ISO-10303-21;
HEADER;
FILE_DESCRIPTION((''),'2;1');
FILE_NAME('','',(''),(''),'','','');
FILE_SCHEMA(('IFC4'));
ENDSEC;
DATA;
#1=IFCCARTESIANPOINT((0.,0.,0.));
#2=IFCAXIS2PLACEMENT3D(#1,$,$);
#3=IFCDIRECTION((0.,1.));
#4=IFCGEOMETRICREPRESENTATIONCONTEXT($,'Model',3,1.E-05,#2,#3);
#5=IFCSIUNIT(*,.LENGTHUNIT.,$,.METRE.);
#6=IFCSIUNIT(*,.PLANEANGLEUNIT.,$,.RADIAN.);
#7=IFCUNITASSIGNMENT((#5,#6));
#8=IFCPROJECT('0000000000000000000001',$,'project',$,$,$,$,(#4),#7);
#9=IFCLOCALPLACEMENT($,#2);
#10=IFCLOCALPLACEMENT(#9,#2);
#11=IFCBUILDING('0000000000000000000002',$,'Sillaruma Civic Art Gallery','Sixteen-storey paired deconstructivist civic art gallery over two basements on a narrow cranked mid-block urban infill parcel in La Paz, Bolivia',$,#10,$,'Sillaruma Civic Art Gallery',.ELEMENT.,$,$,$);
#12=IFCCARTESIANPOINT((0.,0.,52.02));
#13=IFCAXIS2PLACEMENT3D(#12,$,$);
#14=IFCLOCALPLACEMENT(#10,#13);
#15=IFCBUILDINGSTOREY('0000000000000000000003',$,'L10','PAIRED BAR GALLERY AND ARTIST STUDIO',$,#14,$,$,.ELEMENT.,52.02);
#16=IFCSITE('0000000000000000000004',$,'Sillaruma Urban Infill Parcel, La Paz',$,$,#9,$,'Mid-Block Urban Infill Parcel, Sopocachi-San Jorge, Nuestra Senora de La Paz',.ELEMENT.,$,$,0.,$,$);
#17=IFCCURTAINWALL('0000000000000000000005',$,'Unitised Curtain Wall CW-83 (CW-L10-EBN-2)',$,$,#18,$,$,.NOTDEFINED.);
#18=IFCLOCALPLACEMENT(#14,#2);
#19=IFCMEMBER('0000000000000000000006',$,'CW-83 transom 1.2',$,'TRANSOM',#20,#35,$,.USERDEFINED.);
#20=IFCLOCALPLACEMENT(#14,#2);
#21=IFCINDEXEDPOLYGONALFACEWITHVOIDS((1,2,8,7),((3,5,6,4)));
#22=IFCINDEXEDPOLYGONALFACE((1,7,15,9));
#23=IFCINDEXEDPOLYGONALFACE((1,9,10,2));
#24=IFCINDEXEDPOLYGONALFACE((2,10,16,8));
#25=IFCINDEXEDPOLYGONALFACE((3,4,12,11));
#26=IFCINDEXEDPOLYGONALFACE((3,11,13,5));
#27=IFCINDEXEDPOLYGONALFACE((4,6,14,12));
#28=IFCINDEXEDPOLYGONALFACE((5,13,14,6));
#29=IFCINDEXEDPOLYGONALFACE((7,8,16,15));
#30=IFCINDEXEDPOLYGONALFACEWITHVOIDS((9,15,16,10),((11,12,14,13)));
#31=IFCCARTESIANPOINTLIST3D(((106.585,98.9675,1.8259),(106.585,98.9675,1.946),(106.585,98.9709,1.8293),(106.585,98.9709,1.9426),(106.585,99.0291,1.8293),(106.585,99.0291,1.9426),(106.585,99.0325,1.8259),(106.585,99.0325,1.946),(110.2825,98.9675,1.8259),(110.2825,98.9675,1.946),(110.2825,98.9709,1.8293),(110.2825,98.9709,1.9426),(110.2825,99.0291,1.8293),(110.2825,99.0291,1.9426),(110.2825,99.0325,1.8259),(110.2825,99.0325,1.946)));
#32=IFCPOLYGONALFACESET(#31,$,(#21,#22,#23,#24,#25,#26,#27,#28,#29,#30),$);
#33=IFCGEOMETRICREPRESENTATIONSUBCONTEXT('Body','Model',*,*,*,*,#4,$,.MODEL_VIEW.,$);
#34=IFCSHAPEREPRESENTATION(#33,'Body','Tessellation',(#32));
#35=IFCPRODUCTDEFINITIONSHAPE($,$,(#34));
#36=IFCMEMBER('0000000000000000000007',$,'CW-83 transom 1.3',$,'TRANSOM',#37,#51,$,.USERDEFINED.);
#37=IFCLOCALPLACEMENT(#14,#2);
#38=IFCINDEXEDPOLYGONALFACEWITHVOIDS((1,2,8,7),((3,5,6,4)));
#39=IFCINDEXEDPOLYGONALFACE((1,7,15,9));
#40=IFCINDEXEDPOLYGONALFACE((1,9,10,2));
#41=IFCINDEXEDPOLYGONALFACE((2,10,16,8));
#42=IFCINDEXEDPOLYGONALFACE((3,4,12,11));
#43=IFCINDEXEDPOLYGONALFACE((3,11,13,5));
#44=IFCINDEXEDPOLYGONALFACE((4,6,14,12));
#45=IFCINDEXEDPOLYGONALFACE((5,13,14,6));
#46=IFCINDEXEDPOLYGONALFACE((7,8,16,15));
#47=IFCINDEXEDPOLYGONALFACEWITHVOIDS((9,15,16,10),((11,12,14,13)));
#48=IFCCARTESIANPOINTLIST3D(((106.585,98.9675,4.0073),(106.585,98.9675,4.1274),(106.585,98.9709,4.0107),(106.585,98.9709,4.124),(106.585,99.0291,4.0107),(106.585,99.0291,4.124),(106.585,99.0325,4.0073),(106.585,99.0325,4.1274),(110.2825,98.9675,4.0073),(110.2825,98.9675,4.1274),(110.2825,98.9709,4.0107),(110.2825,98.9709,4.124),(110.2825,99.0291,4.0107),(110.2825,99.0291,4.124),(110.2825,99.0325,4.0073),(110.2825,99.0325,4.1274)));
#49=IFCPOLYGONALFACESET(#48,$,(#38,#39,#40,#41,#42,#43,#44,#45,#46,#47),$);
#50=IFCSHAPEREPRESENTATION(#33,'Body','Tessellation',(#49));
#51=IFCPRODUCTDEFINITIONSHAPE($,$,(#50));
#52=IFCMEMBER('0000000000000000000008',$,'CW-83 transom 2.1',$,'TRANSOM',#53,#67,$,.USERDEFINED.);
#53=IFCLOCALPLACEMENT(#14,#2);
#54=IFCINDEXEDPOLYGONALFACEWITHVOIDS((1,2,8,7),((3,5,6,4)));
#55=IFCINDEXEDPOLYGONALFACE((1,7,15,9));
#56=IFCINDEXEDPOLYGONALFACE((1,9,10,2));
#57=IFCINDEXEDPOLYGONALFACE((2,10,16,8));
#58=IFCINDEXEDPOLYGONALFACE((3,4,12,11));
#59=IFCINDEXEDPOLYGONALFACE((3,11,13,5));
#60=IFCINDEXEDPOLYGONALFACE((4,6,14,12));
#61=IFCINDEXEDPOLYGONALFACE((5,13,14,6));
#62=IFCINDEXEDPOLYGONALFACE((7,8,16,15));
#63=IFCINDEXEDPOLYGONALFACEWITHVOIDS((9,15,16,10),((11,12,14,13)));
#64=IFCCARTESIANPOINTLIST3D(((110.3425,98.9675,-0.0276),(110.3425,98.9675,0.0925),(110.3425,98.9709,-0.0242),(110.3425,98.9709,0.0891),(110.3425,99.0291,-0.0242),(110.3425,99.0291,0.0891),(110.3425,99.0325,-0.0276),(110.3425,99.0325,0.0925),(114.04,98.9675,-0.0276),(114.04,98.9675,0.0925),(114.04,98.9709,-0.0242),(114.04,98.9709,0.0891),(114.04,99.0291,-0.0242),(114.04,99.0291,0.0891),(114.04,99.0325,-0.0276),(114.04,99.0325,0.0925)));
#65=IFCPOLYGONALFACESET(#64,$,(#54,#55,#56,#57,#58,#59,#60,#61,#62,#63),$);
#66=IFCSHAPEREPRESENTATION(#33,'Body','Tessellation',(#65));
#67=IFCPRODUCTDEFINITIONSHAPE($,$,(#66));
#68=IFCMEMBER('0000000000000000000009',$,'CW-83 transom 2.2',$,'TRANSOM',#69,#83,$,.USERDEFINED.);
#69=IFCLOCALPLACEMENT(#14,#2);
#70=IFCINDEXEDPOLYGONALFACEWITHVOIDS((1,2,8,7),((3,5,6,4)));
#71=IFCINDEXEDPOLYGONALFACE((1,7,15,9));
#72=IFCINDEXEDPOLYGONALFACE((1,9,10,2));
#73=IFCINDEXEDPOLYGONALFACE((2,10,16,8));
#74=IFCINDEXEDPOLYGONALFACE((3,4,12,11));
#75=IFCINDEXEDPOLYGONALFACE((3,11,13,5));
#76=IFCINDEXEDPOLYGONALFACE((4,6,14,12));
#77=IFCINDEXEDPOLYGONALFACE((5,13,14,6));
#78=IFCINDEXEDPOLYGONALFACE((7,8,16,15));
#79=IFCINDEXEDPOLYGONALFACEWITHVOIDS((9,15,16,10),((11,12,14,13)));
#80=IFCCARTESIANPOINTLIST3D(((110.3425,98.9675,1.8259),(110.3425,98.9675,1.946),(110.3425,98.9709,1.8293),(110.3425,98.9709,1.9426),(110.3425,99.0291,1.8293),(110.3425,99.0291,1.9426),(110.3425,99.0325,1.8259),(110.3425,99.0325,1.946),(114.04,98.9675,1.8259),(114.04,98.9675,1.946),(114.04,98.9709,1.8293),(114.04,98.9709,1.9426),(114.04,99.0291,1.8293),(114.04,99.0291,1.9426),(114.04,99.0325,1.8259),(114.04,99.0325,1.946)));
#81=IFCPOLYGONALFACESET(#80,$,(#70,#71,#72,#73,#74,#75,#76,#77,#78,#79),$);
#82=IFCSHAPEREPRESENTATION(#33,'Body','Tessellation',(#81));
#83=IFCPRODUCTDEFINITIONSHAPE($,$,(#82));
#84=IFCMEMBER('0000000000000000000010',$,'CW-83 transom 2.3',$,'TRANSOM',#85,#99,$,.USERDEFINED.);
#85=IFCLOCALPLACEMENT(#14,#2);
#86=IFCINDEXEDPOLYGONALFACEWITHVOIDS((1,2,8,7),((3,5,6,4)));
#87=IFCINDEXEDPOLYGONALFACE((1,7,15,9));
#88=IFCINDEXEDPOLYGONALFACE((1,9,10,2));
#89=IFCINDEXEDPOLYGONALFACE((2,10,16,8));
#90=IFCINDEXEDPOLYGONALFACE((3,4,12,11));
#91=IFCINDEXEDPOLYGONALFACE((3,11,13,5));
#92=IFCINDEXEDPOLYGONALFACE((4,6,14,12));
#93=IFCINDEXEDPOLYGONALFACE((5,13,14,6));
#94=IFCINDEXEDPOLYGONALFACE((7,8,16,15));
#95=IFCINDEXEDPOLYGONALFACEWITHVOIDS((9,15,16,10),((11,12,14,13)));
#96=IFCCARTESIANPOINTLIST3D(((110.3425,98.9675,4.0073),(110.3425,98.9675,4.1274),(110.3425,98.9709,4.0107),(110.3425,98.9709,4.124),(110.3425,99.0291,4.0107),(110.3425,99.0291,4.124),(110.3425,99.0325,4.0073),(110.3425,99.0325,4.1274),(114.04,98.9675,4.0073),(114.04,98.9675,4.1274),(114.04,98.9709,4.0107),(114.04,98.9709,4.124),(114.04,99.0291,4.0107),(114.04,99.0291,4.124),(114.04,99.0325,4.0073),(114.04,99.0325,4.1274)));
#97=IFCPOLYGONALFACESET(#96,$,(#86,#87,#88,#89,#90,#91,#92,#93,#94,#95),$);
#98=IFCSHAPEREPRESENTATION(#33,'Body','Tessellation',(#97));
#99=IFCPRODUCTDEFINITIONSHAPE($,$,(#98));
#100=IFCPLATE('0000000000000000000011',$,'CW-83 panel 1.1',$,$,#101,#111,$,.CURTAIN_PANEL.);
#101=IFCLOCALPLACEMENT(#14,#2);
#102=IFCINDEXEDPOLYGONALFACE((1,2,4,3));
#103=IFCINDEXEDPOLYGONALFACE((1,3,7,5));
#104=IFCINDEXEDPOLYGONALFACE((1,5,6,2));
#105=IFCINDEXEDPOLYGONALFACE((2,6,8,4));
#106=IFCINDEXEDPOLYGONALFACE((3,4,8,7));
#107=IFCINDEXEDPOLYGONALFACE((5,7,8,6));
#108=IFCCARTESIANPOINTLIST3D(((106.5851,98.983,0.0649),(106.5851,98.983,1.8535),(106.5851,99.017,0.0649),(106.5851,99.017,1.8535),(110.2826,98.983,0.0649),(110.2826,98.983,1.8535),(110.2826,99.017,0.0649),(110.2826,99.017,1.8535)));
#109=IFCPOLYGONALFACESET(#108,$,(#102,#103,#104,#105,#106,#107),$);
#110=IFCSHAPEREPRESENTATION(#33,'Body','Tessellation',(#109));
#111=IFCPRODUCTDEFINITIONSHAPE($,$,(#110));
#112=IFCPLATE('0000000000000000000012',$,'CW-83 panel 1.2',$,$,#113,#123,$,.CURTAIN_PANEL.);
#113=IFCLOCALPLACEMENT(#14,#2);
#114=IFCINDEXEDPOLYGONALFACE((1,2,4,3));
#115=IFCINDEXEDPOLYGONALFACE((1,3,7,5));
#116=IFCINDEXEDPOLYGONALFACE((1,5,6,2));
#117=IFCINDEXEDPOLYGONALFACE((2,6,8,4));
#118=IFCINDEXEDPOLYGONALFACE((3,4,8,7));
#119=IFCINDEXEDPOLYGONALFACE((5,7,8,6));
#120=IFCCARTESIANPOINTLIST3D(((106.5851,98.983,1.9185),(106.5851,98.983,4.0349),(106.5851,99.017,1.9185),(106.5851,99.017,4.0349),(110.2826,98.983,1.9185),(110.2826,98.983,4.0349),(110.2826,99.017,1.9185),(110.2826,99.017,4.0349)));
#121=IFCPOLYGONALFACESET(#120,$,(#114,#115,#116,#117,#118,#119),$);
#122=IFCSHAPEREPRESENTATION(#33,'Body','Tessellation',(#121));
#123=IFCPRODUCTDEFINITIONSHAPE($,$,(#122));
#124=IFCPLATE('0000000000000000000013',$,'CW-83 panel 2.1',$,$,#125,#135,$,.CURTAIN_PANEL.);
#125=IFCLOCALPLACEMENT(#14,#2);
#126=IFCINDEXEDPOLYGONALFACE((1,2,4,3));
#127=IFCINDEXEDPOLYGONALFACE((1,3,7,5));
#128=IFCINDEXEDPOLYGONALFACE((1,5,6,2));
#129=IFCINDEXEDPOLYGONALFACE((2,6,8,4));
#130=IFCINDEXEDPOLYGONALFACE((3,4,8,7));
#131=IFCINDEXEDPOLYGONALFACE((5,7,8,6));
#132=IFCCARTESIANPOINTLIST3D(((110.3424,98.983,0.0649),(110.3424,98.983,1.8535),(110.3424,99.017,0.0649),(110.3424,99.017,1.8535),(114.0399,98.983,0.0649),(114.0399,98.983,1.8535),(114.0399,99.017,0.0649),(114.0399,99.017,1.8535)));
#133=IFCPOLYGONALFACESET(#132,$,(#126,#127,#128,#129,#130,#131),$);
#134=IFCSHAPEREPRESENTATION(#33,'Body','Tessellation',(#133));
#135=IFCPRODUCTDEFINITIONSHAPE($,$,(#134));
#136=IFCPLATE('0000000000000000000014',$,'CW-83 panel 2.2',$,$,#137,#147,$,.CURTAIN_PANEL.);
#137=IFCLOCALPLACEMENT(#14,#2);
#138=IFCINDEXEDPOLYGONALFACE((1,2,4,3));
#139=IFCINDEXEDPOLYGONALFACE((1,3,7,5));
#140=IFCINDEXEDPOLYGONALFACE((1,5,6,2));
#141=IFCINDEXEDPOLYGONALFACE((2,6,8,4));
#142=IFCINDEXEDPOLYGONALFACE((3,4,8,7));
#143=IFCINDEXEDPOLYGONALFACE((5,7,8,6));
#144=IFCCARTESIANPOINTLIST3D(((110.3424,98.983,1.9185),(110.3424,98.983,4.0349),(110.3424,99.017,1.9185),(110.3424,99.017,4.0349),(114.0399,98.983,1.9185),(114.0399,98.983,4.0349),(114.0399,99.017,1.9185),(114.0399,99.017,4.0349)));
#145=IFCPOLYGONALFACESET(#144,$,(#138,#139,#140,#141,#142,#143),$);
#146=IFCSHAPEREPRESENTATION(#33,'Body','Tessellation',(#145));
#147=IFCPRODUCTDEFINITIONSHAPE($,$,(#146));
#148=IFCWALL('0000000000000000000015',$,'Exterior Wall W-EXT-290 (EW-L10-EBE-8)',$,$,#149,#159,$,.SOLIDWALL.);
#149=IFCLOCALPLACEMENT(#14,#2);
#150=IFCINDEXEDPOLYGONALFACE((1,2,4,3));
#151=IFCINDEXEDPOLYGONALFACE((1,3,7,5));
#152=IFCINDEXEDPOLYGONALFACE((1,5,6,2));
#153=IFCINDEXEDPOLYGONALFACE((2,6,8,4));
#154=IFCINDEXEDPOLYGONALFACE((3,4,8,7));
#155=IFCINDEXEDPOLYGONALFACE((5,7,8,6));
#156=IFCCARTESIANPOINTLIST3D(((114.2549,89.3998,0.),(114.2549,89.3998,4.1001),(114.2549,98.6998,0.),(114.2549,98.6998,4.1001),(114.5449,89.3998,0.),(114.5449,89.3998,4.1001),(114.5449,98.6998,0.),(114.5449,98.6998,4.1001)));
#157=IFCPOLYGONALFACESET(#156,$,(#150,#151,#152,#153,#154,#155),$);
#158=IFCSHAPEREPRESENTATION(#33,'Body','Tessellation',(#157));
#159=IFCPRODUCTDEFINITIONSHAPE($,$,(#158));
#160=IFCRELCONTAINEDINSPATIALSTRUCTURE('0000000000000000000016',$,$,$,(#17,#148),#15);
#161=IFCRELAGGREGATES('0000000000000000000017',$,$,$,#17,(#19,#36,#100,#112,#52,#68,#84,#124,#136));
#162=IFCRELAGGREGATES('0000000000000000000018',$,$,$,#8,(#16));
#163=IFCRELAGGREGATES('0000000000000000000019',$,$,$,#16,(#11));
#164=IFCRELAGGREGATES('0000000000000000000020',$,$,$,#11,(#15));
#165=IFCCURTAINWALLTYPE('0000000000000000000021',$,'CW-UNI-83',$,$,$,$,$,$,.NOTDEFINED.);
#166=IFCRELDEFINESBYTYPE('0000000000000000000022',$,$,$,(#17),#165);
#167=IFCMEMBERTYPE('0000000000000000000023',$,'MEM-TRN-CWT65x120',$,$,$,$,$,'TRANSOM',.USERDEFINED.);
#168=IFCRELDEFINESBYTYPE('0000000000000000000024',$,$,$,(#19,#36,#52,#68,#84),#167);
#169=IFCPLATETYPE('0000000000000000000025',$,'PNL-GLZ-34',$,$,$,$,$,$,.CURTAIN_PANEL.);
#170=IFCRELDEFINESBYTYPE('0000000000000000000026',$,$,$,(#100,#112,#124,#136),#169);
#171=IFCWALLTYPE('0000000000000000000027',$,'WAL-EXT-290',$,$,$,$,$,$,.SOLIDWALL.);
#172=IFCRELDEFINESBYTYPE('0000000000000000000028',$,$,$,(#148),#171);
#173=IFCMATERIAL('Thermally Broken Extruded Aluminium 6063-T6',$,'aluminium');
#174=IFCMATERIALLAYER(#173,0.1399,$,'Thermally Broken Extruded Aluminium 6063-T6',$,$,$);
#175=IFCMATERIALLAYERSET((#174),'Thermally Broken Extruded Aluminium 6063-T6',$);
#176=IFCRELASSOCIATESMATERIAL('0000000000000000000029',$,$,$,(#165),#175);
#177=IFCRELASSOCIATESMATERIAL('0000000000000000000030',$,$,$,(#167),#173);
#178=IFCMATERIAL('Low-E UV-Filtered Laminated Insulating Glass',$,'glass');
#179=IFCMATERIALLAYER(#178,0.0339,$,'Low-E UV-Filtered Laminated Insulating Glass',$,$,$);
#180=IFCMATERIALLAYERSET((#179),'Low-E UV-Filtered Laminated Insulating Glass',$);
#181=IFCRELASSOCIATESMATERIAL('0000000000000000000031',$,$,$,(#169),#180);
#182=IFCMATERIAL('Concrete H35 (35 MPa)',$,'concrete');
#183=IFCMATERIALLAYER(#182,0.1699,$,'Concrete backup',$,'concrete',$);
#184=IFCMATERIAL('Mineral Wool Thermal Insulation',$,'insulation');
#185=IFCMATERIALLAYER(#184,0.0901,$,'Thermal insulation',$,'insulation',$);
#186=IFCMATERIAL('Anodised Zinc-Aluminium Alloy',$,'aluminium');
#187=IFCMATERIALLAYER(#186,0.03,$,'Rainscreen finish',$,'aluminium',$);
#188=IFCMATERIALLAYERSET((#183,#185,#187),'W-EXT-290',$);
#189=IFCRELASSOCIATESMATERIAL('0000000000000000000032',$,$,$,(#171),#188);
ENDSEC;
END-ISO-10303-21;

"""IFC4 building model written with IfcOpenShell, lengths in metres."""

from ifc_helpers import new_model, si_unit, direction, frame, frame_2d, origin, origin_2d, place, context, subcontext, project, spatial, rectangle, hollow_rectangle, extrude, material, layer, layer_set, material_profile, profile_set, type_object, element, aggregate, save


model = new_model("IFC4")

# Units and contexts
model_context = context("Model", 3, precision=1e-05, world=origin(), true_north=direction((0.0, 1.0)))
body_context = subcontext(model_context, "Body", "Model", "MODEL_VIEW")
ifc_project = project(units=[si_unit("LENGTHUNIT", "METRE"), si_unit("PLANEANGLEUNIT", "RADIAN")], contexts=[model_context])

# Site, building, storey
site_placement = place(None, origin())
site = spatial("IfcSite", under=ifc_project, at=site_placement, Name="Sillaruma Urban Infill Parcel, La Paz", LongName="Mid-Block Urban Infill Parcel, Sopocachi-San Jorge, Nuestra Senora de La Paz", CompositionType="ELEMENT", RefElevation=0.0)
building_placement = place(site_placement, origin())
building = spatial("IfcBuilding", under=site, at=building_placement, Name="Sillaruma Civic Art Gallery", Description="Sixteen-storey paired deconstructivist civic art gallery over two basements on a narrow cranked mid-block urban infill parcel in La Paz, Bolivia", LongName="Sillaruma Civic Art Gallery", CompositionType="ELEMENT")
storey_placement = place(building_placement, frame((0.0, 0.0, 52.02)))
storey = spatial("IfcBuildingStorey", under=building, at=storey_placement, Name="L10", Description="PAIRED BAR GALLERY AND ARTIST STUDIO", CompositionType="ELEMENT", Elevation=52.02)

# Shared definitions
ifc_material_1 = material(Name="Concrete H35 (35 MPa)", Category="concrete")

# Curtain wall, members, plates
ifc_material_2 = material(Name="Thermally Broken Extruded Aluminium 6063-T6", Category="aluminium")
ifc_layer_1 = layer(ifc_material_2, 0.1399, Name="Thermally Broken Extruded Aluminium 6063-T6")
ifc_layer_set_1 = layer_set([ifc_layer_1], Name="Thermally Broken Extruded Aluminium 6063-T6")
curtain_wall_type = type_object("IfcCurtainWallType", Name="CW-UNI-83", PredefinedType="NOTDEFINED", material=ifc_layer_set_1)
curtain_wall_placement = place(storey_placement, origin())
curtain_wall = element("IfcCurtainWall", 1, at=curtain_wall_placement, inside=storey, type_object=curtain_wall_type, Name="Unitised Curtain Wall CW-83 (CW-L10-EBN-2)", PredefinedType="NOTDEFINED")
ifc_material_profile_1 = material_profile(ifc_material_2, hollow_rectangle(XDim=0.0649, YDim=0.1201, WallThickness=0.0034, at=origin_2d()), Name="CWT65x120")
ifc_profile_set_1 = profile_set([ifc_material_profile_1], Name="Thermally Broken Extruded Aluminium 6063-T6")
member_type_1 = type_object("IfcMemberType", Name="MEM-TRN-CWT65x120", ElementType="TRANSOM", PredefinedType="USERDEFINED", material=ifc_profile_set_1)
member_1_placement = place(storey_placement, frame((106.585, 99.0, 1.886), z_axis=(1.0, 0.0, 0.0), x_axis=(0.0, 1.0, 0.0)))
member_1 = element("IfcMember", 2, at=member_1_placement, type_object=member_type_1, Name="CW-83 transom 1.2", ObjectType="TRANSOM", PredefinedType="USERDEFINED", context=body_context, shape_type="SweptSolid", body=[
    extrude(hollow_rectangle(XDim=0.0649, YDim=0.1201, WallThickness=0.0034, at=origin_2d()), origin(), (0.0, 0.0, 1.0), 3.6975),
])
member_2_placement = place(storey_placement, frame((106.585, 99.0, 4.0674), z_axis=(1.0, 0.0, 0.0), x_axis=(0.0, 1.0, 0.0)))
member_2 = element("IfcMember", 3, at=member_2_placement, type_object=member_type_1, Name="CW-83 transom 1.3", ObjectType="TRANSOM", PredefinedType="USERDEFINED", context=body_context, shape_type="SweptSolid", body=[
    extrude(hollow_rectangle(XDim=0.0649, YDim=0.1201, WallThickness=0.0034, at=origin_2d()), origin(), (0.0, 0.0, 1.0), 3.6975),
])
member_3_placement = place(storey_placement, frame((110.3425, 99.0, 0.0325), z_axis=(1.0, 0.0, 0.0), x_axis=(0.0, 1.0, 0.0)))
member_3 = element("IfcMember", 4, at=member_3_placement, type_object=member_type_1, Name="CW-83 transom 2.1", ObjectType="TRANSOM", PredefinedType="USERDEFINED", context=body_context, shape_type="SweptSolid", body=[
    extrude(hollow_rectangle(XDim=0.0649, YDim=0.1201, WallThickness=0.0034, at=origin_2d()), origin(), (0.0, 0.0, 1.0), 3.6975),
])
member_4_placement = place(storey_placement, frame((110.3425, 99.0, 1.886), z_axis=(1.0, 0.0, 0.0), x_axis=(0.0, 1.0, 0.0)))
member_4 = element("IfcMember", 5, at=member_4_placement, type_object=member_type_1, Name="CW-83 transom 2.2", ObjectType="TRANSOM", PredefinedType="USERDEFINED", context=body_context, shape_type="SweptSolid", body=[
    extrude(hollow_rectangle(XDim=0.0649, YDim=0.1201, WallThickness=0.0034, at=origin_2d()), origin(), (0.0, 0.0, 1.0), 3.6975),
])
member_5_placement = place(storey_placement, frame((110.3425, 99.0, 4.0674), z_axis=(1.0, 0.0, 0.0), x_axis=(0.0, 1.0, 0.0)))
member_5 = element("IfcMember", 6, at=member_5_placement, type_object=member_type_1, Name="CW-83 transom 2.3", ObjectType="TRANSOM", PredefinedType="USERDEFINED", context=body_context, shape_type="SweptSolid", body=[
    extrude(hollow_rectangle(XDim=0.0649, YDim=0.1201, WallThickness=0.0034, at=origin_2d()), origin(), (0.0, 0.0, 1.0), 3.6975),
])
ifc_material_3 = material(Name="Low-E UV-Filtered Laminated Insulating Glass", Category="glass")
ifc_layer_2 = layer(ifc_material_3, 0.0339, Name="Low-E UV-Filtered Laminated Insulating Glass")
ifc_layer_set_2 = layer_set([ifc_layer_2], Name="Low-E UV-Filtered Laminated Insulating Glass")
plate_type = type_object("IfcPlateType", Name="PNL-GLZ-34", PredefinedType="CURTAIN_PANEL", material=ifc_layer_set_2)
plate_1_placement = place(storey_placement, frame((108.4338, 99.0, 0.0649), z_axis=(0.0, 0.0, 1.0), x_axis=(1.0, 0.0, 0.0)))
plate_1 = element("IfcPlate", 7, at=plate_1_placement, type_object=plate_type, Name="CW-83 panel 1.1", PredefinedType="CURTAIN_PANEL", context=body_context, shape_type="SweptSolid", body=[
    extrude(rectangle(XDim=3.6975, YDim=0.0339, at=origin_2d()), origin(), (0.0, 0.0, 1.0), 1.7886),
])
plate_2_placement = place(storey_placement, frame((108.4338, 99.0, 1.9185), z_axis=(0.0, 0.0, 1.0), x_axis=(1.0, 0.0, 0.0)))
plate_2 = element("IfcPlate", 8, at=plate_2_placement, type_object=plate_type, Name="CW-83 panel 1.2", PredefinedType="CURTAIN_PANEL", context=body_context, shape_type="SweptSolid", body=[
    extrude(rectangle(XDim=3.6975, YDim=0.0339, at=origin_2d()), origin(), (0.0, 0.0, 1.0), 2.1165),
])
plate_3_placement = place(storey_placement, frame((112.1912, 99.0, 0.0649), z_axis=(0.0, 0.0, 1.0), x_axis=(1.0, 0.0, 0.0)))
plate_3 = element("IfcPlate", 9, at=plate_3_placement, type_object=plate_type, Name="CW-83 panel 2.1", PredefinedType="CURTAIN_PANEL", context=body_context, shape_type="SweptSolid", body=[
    extrude(rectangle(XDim=3.6975, YDim=0.0339, at=origin_2d()), origin(), (0.0, 0.0, 1.0), 1.7886),
])
plate_4_placement = place(storey_placement, frame((112.1912, 99.0, 1.9185), z_axis=(0.0, 0.0, 1.0), x_axis=(1.0, 0.0, 0.0)))
plate_4 = element("IfcPlate", 10, at=plate_4_placement, type_object=plate_type, Name="CW-83 panel 2.2", PredefinedType="CURTAIN_PANEL", context=body_context, shape_type="SweptSolid", body=[
    extrude(rectangle(XDim=3.6975, YDim=0.0339, at=origin_2d()), origin(), (0.0, 0.0, 1.0), 2.1165),
])
aggregate(curtain_wall, [member_1, member_2, plate_1, plate_2, member_3, member_4, member_5, plate_3, plate_4])

# Wall
ifc_layer_3 = layer(ifc_material_1, 0.1699, Name="Concrete backup", Category="concrete")
ifc_material_4 = material(Name="Mineral Wool Thermal Insulation", Category="insulation")
ifc_layer_4 = layer(ifc_material_4, 0.0901, Name="Thermal insulation", Category="insulation")
ifc_material_5 = material(Name="Anodised Zinc-Aluminium Alloy", Category="aluminium")
ifc_layer_5 = layer(ifc_material_5, 0.03, Name="Rainscreen finish", Category="aluminium")
ifc_layer_set_3 = layer_set([ifc_layer_3, ifc_layer_4, ifc_layer_5], Name="W-EXT-290")
wall_type_1 = type_object("IfcWallType", Name="WAL-EXT-290", PredefinedType="SOLIDWALL", material=ifc_layer_set_3)
wall_1_placement = place(storey_placement, frame((114.3999, 89.3999, 0.0), z_axis=(0.0, 0.0, 1.0), x_axis=(0.0, 1.0, 0.0)))
element("IfcWall", 11, at=wall_1_placement, inside=storey, type_object=wall_type_1, Name="Exterior Wall W-EXT-290 (EW-L10-EBE-8)", PredefinedType="SOLIDWALL", context=body_context, shape_type="SweptSolid", body=[
    extrude(rectangle(XDim=9.3, YDim=0.29, at=frame_2d((4.6499, 0.0))), origin(), (0.0, 0.0, 1.0), 4.1001),
])

save(model, "model.ifc")
